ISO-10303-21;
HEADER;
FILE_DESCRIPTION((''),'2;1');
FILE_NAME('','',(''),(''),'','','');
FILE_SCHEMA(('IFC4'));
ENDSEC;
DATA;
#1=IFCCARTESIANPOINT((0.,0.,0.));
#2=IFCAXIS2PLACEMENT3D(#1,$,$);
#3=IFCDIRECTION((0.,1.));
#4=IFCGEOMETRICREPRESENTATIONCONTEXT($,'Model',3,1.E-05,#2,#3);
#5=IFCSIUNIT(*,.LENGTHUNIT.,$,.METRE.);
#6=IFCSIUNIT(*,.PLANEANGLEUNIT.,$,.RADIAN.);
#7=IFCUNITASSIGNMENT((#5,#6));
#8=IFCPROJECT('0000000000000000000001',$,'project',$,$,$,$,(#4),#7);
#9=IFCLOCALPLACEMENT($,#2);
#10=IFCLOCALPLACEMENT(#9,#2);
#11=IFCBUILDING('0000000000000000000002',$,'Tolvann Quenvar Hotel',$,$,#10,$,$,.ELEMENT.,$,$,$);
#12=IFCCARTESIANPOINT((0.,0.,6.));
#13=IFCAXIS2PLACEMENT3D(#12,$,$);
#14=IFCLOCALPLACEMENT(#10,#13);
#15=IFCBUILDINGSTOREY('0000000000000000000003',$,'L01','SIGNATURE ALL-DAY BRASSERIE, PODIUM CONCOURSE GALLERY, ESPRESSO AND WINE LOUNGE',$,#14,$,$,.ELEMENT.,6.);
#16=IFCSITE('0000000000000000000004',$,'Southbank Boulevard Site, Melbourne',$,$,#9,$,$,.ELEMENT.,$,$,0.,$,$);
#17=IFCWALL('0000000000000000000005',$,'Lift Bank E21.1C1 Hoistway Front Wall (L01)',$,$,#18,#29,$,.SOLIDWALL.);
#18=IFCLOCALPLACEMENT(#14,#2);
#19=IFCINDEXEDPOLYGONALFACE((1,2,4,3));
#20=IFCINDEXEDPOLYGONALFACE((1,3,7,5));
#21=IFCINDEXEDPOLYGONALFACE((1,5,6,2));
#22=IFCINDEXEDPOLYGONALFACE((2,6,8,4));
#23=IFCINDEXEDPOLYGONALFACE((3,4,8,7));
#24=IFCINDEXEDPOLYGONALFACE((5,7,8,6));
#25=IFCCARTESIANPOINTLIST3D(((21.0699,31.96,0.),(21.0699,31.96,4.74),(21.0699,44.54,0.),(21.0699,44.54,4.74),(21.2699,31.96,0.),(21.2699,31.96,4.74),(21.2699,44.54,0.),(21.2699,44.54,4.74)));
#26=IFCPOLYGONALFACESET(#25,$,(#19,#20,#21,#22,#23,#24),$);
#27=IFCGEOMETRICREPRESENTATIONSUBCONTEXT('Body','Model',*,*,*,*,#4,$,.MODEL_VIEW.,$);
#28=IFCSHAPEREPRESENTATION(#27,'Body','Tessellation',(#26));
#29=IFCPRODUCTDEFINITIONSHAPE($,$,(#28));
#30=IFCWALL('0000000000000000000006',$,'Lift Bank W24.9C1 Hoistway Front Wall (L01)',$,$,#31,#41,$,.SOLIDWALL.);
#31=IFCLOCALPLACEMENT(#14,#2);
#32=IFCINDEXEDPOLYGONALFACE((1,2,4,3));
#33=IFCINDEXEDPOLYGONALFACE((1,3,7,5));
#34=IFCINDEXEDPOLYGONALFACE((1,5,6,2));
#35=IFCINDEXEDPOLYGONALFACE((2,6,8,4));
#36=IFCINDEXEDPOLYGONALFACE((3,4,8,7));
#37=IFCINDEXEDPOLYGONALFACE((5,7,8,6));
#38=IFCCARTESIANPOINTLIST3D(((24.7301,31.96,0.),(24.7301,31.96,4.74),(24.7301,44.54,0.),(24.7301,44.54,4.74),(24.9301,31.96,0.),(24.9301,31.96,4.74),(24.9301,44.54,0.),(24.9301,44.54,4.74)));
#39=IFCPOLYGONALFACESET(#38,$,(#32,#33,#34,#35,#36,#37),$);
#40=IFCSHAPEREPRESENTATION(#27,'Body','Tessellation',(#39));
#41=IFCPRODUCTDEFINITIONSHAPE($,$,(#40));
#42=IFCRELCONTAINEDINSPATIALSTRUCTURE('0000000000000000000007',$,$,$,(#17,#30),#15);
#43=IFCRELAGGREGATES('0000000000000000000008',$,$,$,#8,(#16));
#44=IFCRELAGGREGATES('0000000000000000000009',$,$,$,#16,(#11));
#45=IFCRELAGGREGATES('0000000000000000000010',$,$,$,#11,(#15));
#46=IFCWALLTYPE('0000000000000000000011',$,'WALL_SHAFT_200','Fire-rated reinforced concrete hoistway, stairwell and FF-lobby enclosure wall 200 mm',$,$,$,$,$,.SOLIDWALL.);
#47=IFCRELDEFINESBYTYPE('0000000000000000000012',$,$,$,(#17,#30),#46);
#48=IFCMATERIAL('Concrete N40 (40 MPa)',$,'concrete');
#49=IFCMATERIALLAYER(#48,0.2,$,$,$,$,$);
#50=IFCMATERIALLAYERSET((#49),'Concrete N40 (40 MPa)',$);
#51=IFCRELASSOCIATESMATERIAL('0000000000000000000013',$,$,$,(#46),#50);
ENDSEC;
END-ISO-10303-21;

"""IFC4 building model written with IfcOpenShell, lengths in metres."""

from ifc_helpers import new_model, si_unit, direction, frame, frame_2d, origin, place, context, subcontext, project, spatial, rectangle, extrude, material, layer, layer_set, type_object, element, save


model = new_model("IFC4")

# Units and contexts
model_context = context("Model", 3, precision=1e-05, world=origin(), true_north=direction((0.0, 1.0)))
body_context = subcontext(model_context, "Body", "Model", "MODEL_VIEW")
ifc_project = project(units=[si_unit("LENGTHUNIT", "METRE"), si_unit("PLANEANGLEUNIT", "RADIAN")], contexts=[model_context])

# Site, building, storey
site_placement = place(None, origin())
site = spatial("IfcSite", under=ifc_project, at=site_placement, Name="Southbank Boulevard Site, Melbourne", CompositionType="ELEMENT", RefElevation=0.0)
building_placement = place(site_placement, origin())
building = spatial("IfcBuilding", under=site, at=building_placement, Name="Tolvann Quenvar Hotel", CompositionType="ELEMENT")
storey_placement = place(building_placement, frame((0.0, 0.0, 6.0)))
storey = spatial("IfcBuildingStorey", under=building, at=storey_placement, Name="L01", Description="SIGNATURE ALL-DAY BRASSERIE, PODIUM CONCOURSE GALLERY, ESPRESSO AND WINE LOUNGE", CompositionType="ELEMENT", Elevation=6.0)

# Walls
ifc_material_1 = material(Name="Concrete N40 (40 MPa)", Category="concrete")
ifc_layer_1 = layer(ifc_material_1, 0.2)
ifc_layer_set_1 = layer_set([ifc_layer_1], Name="Concrete N40 (40 MPa)")
wall_type = type_object("IfcWallType", Name="WALL_SHAFT_200", Description="Fire-rated reinforced concrete hoistway, stairwell and FF-lobby enclosure wall 200 mm", PredefinedType="SOLIDWALL", material=ifc_layer_set_1)
for number, where, z_axis, x_axis, name in (
    (1, (21.1699, 31.96, 0.0), (0.0, 0.0, 1.0), (0.0, 1.0, 0.0), "Lift Bank E21.1C1 Hoistway Front Wall (L01)"),
    (2, (24.8301, 31.96, 0.0), (0.0, 0.0, 1.0), (0.0, 1.0, 0.0), "Lift Bank W24.9C1 Hoistway Front Wall (L01)"),
):
    element("IfcWall", number, at=place(storey_placement, frame(where, z_axis=z_axis, x_axis=x_axis)), inside=storey, type_object=wall_type, Name=name, PredefinedType="SOLIDWALL", context=body_context, shape_type="SweptSolid", body=[
        extrude(rectangle(XDim=12.5801, YDim=0.2, at=frame_2d((6.29, 0.0))), origin(), (0.0, 0.0, 1.0), 4.74),
    ])

save(model, "model.ifc")
